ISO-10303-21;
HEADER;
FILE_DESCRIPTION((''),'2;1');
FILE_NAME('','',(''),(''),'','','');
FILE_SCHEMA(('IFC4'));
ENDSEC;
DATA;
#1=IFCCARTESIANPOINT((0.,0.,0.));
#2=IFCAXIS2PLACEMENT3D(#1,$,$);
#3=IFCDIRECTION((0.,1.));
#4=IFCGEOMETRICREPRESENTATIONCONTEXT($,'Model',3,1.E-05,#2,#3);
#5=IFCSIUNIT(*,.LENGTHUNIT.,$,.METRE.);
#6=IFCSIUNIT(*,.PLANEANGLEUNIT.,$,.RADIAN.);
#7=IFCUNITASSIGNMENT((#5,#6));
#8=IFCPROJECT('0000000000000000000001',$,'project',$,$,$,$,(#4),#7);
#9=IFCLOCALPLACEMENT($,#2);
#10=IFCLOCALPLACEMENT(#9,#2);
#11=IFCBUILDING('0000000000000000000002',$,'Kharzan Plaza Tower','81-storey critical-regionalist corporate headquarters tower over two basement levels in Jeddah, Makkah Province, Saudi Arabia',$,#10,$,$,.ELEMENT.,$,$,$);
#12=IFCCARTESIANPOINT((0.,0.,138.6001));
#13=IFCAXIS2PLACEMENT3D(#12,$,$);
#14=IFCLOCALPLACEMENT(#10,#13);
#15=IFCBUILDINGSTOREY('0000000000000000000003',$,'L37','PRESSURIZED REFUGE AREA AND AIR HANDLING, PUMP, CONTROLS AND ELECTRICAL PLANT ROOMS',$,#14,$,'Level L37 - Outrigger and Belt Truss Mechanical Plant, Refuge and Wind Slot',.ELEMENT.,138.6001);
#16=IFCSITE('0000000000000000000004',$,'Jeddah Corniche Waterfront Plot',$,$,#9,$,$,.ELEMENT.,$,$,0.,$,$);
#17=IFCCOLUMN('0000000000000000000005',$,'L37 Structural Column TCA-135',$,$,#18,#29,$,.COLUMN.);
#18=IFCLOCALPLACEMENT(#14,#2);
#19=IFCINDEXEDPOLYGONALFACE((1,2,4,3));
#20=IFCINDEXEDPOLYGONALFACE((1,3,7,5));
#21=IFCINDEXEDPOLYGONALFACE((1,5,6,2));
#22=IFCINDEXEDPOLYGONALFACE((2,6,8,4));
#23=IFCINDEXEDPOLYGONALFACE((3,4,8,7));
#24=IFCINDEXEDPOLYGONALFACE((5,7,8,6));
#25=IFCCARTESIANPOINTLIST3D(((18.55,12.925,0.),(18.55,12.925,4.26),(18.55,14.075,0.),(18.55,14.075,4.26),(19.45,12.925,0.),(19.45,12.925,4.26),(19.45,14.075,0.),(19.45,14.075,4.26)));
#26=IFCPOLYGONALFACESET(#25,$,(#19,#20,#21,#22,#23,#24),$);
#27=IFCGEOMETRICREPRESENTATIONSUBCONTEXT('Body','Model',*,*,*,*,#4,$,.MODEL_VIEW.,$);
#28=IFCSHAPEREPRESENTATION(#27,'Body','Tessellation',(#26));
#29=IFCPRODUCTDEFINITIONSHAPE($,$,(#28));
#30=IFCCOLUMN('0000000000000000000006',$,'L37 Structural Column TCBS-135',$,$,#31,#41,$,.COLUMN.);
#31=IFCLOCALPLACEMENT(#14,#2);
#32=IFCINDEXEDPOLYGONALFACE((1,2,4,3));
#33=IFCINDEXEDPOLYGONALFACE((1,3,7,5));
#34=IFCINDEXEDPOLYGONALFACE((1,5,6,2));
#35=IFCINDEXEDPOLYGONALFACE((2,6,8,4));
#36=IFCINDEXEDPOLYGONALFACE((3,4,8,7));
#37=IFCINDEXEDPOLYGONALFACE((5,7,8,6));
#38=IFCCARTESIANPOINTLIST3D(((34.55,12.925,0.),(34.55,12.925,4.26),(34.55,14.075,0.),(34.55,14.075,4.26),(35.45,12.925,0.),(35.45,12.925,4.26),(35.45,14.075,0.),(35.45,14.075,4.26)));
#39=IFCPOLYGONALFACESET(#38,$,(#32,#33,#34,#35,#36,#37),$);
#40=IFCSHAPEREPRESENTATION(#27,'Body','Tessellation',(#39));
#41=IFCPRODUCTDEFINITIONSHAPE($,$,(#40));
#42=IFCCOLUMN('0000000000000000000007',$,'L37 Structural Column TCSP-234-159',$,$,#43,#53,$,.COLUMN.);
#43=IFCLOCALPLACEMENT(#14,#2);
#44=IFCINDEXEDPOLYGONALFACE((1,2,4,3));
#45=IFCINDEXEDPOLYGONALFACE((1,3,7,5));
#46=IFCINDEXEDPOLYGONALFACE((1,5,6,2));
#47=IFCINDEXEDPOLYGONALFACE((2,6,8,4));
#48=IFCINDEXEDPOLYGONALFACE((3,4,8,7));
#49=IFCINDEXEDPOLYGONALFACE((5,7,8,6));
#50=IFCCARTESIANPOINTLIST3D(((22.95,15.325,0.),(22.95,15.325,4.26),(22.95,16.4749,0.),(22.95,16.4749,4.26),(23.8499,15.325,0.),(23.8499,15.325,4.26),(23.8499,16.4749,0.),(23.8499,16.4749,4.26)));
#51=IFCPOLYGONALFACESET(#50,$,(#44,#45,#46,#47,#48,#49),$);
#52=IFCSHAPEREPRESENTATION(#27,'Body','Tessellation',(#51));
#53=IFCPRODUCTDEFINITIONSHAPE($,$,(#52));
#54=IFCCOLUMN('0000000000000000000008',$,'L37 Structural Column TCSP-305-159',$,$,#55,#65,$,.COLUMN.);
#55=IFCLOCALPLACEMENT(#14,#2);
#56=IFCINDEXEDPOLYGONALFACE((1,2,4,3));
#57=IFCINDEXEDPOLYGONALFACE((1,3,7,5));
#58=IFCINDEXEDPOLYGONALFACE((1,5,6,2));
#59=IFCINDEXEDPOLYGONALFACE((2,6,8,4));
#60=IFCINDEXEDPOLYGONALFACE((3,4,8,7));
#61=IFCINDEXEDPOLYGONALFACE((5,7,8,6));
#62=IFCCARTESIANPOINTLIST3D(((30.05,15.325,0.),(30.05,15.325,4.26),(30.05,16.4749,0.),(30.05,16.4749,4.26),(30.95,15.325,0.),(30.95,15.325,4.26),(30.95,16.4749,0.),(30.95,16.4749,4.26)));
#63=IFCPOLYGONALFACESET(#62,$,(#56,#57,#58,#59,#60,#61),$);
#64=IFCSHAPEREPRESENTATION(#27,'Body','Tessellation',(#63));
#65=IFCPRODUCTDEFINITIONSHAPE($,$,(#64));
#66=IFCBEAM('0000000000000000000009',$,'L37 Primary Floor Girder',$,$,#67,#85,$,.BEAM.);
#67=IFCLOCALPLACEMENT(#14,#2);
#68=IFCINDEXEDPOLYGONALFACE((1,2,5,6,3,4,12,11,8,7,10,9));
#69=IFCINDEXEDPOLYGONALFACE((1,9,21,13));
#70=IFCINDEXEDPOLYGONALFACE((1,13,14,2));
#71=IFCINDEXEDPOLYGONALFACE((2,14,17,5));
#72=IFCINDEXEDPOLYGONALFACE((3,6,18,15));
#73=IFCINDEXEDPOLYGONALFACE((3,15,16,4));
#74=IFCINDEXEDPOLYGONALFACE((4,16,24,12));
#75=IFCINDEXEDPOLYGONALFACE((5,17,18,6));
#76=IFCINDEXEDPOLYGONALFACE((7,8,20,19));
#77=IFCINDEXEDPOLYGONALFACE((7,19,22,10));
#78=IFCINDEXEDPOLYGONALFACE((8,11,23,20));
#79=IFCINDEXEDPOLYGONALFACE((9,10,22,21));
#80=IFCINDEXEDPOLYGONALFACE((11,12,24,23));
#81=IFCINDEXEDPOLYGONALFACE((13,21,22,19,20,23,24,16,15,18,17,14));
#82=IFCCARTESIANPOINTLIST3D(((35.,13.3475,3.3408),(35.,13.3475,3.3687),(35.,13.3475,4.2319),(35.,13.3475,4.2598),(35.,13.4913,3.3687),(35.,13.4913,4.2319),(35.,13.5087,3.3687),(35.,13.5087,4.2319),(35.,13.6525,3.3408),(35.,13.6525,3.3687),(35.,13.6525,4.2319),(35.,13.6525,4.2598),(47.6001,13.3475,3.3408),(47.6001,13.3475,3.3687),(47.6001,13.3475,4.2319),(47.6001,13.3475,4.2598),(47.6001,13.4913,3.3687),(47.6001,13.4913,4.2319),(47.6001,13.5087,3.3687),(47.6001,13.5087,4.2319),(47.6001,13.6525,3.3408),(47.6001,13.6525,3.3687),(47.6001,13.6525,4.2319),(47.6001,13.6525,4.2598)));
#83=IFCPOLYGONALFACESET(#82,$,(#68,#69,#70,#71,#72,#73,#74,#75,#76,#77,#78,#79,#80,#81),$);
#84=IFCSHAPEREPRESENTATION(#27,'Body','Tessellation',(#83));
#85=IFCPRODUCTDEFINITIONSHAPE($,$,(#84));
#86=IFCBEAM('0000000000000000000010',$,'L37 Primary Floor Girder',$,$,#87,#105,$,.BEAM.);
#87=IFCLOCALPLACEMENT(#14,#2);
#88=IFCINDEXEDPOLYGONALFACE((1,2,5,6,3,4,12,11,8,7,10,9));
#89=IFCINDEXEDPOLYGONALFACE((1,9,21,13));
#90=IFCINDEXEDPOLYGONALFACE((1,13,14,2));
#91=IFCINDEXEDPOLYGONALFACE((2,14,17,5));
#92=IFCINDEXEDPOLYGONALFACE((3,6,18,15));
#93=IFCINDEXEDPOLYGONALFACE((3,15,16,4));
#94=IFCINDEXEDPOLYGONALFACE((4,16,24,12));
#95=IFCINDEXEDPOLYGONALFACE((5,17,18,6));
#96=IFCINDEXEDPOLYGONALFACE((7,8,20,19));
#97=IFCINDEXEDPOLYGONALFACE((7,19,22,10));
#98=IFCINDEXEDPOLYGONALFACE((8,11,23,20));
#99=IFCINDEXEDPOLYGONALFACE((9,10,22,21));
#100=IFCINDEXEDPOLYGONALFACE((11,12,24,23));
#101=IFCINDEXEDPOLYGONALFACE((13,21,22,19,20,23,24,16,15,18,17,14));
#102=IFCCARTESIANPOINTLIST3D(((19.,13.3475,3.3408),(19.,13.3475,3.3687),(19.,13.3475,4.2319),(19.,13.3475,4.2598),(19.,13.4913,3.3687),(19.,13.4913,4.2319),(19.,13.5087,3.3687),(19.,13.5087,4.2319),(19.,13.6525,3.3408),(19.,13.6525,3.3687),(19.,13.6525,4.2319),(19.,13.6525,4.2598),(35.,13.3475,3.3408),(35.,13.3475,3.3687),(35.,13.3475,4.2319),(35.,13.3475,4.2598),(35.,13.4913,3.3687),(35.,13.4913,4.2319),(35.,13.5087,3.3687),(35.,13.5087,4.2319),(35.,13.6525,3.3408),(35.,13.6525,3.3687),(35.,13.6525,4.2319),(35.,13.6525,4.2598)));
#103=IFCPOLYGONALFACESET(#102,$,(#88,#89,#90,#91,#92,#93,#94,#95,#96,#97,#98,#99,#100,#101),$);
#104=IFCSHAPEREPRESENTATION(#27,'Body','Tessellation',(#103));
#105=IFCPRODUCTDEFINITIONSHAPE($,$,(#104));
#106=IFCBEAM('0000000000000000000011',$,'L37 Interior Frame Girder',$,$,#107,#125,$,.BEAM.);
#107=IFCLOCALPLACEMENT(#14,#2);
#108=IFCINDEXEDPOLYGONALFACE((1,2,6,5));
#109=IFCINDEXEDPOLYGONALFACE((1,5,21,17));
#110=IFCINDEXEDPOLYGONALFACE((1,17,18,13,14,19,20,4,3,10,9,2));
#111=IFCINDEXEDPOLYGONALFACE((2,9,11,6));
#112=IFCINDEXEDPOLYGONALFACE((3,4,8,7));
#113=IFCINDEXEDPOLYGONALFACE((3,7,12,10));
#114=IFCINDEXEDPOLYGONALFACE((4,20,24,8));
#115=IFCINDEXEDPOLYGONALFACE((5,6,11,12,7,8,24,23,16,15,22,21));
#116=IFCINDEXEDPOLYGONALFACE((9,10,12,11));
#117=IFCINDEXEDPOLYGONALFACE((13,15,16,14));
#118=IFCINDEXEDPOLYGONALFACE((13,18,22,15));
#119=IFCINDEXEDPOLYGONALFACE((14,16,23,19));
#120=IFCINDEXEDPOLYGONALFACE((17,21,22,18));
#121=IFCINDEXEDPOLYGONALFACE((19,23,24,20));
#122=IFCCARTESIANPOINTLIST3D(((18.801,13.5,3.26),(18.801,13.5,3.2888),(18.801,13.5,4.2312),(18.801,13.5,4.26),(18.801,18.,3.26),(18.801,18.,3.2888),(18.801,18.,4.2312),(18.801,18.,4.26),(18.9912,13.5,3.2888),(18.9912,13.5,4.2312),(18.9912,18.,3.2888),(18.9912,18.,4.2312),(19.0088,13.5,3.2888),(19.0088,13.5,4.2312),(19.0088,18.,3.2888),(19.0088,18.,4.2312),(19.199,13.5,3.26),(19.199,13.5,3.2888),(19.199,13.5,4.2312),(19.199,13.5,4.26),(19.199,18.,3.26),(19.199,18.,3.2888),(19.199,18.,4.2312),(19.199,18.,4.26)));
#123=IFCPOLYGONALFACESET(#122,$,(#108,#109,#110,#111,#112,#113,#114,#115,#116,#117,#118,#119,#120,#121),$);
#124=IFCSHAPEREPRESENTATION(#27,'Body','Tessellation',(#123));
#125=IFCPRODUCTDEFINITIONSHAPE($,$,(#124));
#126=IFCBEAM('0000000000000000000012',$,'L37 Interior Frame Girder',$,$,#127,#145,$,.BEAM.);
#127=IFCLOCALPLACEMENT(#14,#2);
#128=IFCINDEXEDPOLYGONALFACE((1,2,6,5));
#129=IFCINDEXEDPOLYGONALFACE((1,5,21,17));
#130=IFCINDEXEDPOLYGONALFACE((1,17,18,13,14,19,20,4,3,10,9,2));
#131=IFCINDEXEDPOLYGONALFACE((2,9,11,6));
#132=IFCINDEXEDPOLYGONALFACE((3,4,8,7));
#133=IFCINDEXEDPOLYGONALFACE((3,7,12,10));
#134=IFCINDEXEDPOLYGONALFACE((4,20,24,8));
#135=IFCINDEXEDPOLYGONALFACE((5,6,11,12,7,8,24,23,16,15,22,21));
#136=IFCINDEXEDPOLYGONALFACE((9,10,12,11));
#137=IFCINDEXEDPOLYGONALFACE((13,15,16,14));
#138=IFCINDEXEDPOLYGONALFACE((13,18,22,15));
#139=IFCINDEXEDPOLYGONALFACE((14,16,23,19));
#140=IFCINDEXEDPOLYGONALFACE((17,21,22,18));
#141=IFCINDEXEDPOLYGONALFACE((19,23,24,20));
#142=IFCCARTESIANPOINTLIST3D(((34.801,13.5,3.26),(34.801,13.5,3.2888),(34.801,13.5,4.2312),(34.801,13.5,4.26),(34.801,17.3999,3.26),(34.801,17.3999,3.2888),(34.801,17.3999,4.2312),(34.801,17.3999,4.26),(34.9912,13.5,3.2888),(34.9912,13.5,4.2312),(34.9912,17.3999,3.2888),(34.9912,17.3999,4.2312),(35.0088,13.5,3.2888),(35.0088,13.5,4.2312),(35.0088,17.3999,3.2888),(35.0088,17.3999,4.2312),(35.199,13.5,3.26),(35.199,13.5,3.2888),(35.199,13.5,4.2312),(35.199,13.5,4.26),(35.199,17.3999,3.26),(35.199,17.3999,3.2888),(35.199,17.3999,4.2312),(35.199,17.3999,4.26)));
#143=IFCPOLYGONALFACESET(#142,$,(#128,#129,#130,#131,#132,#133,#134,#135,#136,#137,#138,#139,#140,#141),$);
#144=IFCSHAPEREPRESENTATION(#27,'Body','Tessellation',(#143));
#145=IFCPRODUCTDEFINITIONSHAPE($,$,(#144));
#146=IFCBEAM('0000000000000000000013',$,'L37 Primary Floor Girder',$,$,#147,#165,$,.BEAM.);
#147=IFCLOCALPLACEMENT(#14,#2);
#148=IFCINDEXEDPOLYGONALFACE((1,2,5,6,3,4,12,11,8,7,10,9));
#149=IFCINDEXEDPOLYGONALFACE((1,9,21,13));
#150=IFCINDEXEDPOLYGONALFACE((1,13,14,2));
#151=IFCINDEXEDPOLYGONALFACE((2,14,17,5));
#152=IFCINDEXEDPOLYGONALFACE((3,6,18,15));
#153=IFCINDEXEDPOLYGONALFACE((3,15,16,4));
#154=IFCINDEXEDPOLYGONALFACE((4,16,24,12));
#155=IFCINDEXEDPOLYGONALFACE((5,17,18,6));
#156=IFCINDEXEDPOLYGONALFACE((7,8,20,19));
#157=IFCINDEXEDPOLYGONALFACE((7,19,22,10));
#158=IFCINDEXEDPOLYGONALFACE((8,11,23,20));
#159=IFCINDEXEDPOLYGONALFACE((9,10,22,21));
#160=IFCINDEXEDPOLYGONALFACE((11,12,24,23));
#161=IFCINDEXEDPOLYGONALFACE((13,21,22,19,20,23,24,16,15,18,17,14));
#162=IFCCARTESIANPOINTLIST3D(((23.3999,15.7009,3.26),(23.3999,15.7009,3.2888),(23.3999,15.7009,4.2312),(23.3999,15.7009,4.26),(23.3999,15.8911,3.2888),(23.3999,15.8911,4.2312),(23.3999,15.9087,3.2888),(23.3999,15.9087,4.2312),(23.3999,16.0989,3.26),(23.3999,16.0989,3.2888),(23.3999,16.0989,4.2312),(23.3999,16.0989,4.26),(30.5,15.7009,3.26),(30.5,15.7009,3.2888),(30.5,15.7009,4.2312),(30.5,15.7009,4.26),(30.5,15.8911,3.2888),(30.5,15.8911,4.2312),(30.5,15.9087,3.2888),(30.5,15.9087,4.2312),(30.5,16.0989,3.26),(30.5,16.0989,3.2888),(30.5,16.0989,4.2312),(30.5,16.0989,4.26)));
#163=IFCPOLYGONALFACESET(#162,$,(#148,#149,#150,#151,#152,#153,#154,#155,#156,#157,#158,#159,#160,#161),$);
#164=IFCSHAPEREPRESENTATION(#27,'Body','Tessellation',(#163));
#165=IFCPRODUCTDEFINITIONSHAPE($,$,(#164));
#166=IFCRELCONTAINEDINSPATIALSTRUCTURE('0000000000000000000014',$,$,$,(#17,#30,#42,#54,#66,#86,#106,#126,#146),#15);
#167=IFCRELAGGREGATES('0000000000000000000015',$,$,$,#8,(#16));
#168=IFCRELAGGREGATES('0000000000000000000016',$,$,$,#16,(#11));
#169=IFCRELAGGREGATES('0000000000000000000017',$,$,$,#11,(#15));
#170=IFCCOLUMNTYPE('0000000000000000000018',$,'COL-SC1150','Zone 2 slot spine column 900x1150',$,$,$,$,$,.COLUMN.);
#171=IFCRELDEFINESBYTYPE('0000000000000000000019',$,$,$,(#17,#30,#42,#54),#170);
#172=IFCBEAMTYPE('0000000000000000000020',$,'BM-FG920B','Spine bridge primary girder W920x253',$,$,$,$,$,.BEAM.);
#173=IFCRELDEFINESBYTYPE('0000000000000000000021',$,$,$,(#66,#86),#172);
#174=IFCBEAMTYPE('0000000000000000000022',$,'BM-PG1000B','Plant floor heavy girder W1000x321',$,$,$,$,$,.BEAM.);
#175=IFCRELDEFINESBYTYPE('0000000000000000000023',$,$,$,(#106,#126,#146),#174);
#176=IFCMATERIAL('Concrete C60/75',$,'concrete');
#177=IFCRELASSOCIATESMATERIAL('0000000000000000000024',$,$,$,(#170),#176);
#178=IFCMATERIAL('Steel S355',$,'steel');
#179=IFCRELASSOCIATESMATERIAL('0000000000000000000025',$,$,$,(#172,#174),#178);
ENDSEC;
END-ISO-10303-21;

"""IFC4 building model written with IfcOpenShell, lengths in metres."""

from ifc_helpers import new_model, si_unit, direction, frame, origin, origin_2d, place, context, subcontext, project, spatial, rectangle, i_section, extrude, source, transform, mapped, material, material_profile, profile_set, type_object, element, save


model = new_model("IFC4")

# Units and contexts
model_context = context("Model", 3, precision=1e-05, world=origin(), true_north=direction((0.0, 1.0)))
body_context = subcontext(model_context, "Body", "Model", "MODEL_VIEW")
ifc_project = project(units=[si_unit("LENGTHUNIT", "METRE"), si_unit("PLANEANGLEUNIT", "RADIAN")], contexts=[model_context])

# Site, building, storey
site_placement = place(None, origin())
site = spatial("IfcSite", under=ifc_project, at=site_placement, Name="Jeddah Corniche Waterfront Plot", CompositionType="ELEMENT", RefElevation=0.0)
building_placement = place(site_placement, origin())
building = spatial("IfcBuilding", under=site, at=building_placement, Name="Kharzan Plaza Tower", Description="81-storey critical-regionalist corporate headquarters tower over two basement levels in Jeddah, Makkah Province, Saudi Arabia", CompositionType="ELEMENT")
storey_placement = place(building_placement, frame((0.0, 0.0, 138.6001)))
storey = spatial("IfcBuildingStorey", under=building, at=storey_placement, Name="L37", Description="PRESSURIZED REFUGE AREA AND AIR HANDLING, PUMP, CONTROLS AND ELECTRICAL PLANT ROOMS", LongName="Level L37 - Outrigger and Belt Truss Mechanical Plant, Refuge and Wind Slot", CompositionType="ELEMENT", Elevation=138.6001)

# Columns
ifc_material_1 = material(Name="Concrete C60/75", Category="concrete")
ifc_material_profile_1 = material_profile(ifc_material_1, rectangle(XDim=0.8999, YDim=1.1499, at=origin_2d()), Name="RC-SC1150x900")
ifc_profile_set_1 = profile_set([ifc_material_profile_1], Name="Concrete C60/75")
column_type = type_object("IfcColumnType", Name="COL-SC1150", Description="Zone 2 slot spine column 900x1150", PredefinedType="COLUMN", material=ifc_profile_set_1)
shared_shape_1 = source(origin(), body_context, "Body", "SweptSolid", [
    extrude(rectangle(XDim=0.8999, YDim=1.1499, at=origin_2d()), origin(), (0.0, 0.0, 1.0), 4.26),
])
for number, where, z_axis, x_axis, name in (
    (1, (19.0, 13.5, 0.0), (0.0, 0.0, 1.0), (1.0, 0.0, 0.0), "L37 Structural Column TCA-135"),
    (2, (35.0, 13.5, 0.0), (0.0, 0.0, 1.0), (1.0, 0.0, 0.0), "L37 Structural Column TCBS-135"),
    (3, (23.3999, 15.8999, 0.0), (0.0, 0.0, 1.0), (1.0, 0.0, 0.0), "L37 Structural Column TCSP-234-159"),
    (4, (30.5, 15.8999, 0.0), (0.0, 0.0, 1.0), (1.0, 0.0, 0.0), "L37 Structural Column TCSP-305-159"),
):
    element("IfcColumn", number, at=place(storey_placement, frame(where, z_axis=z_axis, x_axis=x_axis)), inside=storey, type_object=column_type, Name=name, PredefinedType="COLUMN", context=body_context, shape_type="MappedRepresentation", body=[
        mapped(shared_shape_1, transform((0.0, 0.0, 0.0), x_axis=(1.0, 0.0, 0.0), y_axis=(0.0, 1.0, 0.0), z_axis=(0.0, 0.0, 1.0))),
    ])

# Beams
ifc_material_2 = material(Name="Steel S355", Category="steel")
ifc_material_profile_2 = material_profile(ifc_material_2, i_section(OverallWidth=0.3049, OverallDepth=0.9189, WebThickness=0.0173, FlangeThickness=0.0278, at=origin_2d()), Name="W920x253")
ifc_profile_set_2 = profile_set([ifc_material_profile_2], Name="Steel S355")
beam_type_1 = type_object("IfcBeamType", Name="BM-FG920B", Description="Spine bridge primary girder W920x253", PredefinedType="BEAM", material=ifc_profile_set_2)
shared_shape_2 = source(origin(), body_context, "Body", "SweptSolid", [
    extrude(i_section(OverallWidth=0.3049, OverallDepth=0.9189, WebThickness=0.0173, FlangeThickness=0.0278, at=origin_2d()), origin(), (0.0, 0.0, 1.0), 12.6001),
])
beam_1_placement = place(storey_placement, frame((35.0, 13.5, 3.8003), z_axis=(1.0, 0.0, 0.0), x_axis=(0.0, 1.0, 0.0)))
element("IfcBeam", 5, at=beam_1_placement, inside=storey, type_object=beam_type_1, Name="L37 Primary Floor Girder", PredefinedType="BEAM", context=body_context, shape_type="MappedRepresentation", body=[
    mapped(shared_shape_2, transform((0.0, 0.0, 0.0), x_axis=(1.0, 0.0, 0.0), y_axis=(0.0, 1.0, 0.0), z_axis=(0.0, 0.0, 1.0))),
])
shared_shape_3 = source(origin(), body_context, "Body", "SweptSolid", [
    extrude(i_section(OverallWidth=0.3049, OverallDepth=0.9189, WebThickness=0.0173, FlangeThickness=0.0278, at=origin_2d()), origin(), (0.0, 0.0, 1.0), 16.0),
])
beam_2_placement = place(storey_placement, frame((19.0, 13.5, 3.8003), z_axis=(1.0, 0.0, 0.0), x_axis=(0.0, 1.0, 0.0)))
element("IfcBeam", 6, at=beam_2_placement, inside=storey, type_object=beam_type_1, Name="L37 Primary Floor Girder", PredefinedType="BEAM", context=body_context, shape_type="MappedRepresentation", body=[
    mapped(shared_shape_3, transform((0.0, 0.0, 0.0), x_axis=(1.0, 0.0, 0.0), y_axis=(0.0, 1.0, 0.0), z_axis=(0.0, 0.0, 1.0))),
])
ifc_material_profile_3 = material_profile(ifc_material_2, i_section(OverallWidth=0.3979, OverallDepth=1.0, WebThickness=0.0176, FlangeThickness=0.0288, at=origin_2d()), Name="W1000x321")
ifc_profile_set_3 = profile_set([ifc_material_profile_3], Name="Steel S355")
beam_type_2 = type_object("IfcBeamType", Name="BM-PG1000B", Description="Plant floor heavy girder W1000x321", PredefinedType="BEAM", material=ifc_profile_set_3)
shared_shape_4 = source(origin(), body_context, "Body", "SweptSolid", [
    extrude(i_section(OverallWidth=0.3979, OverallDepth=1.0, WebThickness=0.0176, FlangeThickness=0.0288, at=origin_2d()), origin(), (0.0, 0.0, 1.0), 4.5),
])
beam_3_placement = place(storey_placement, frame((19.0, 13.5, 3.76), z_axis=(0.0, 1.0, 0.0), x_axis=(-1.0, 0.0, 0.0)))
element("IfcBeam", 7, at=beam_3_placement, inside=storey, type_object=beam_type_2, Name="L37 Interior Frame Girder", PredefinedType="BEAM", context=body_context, shape_type="MappedRepresentation", body=[
    mapped(shared_shape_4, transform((0.0, 0.0, 0.0), x_axis=(1.0, 0.0, 0.0), y_axis=(0.0, 1.0, 0.0), z_axis=(0.0, 0.0, 1.0))),
])
shared_shape_5 = source(origin(), body_context, "Body", "SweptSolid", [
    extrude(i_section(OverallWidth=0.3979, OverallDepth=1.0, WebThickness=0.0176, FlangeThickness=0.0288, at=origin_2d()), origin(), (0.0, 0.0, 1.0), 3.8999),
])
beam_4_placement = place(storey_placement, frame((35.0, 13.5, 3.76), z_axis=(0.0, 1.0, 0.0), x_axis=(-1.0, 0.0, 0.0)))
element("IfcBeam", 8, at=beam_4_placement, inside=storey, type_object=beam_type_2, Name="L37 Interior Frame Girder", PredefinedType="BEAM", context=body_context, shape_type="MappedRepresentation", body=[
    mapped(shared_shape_5, transform((0.0, 0.0, 0.0), x_axis=(1.0, 0.0, 0.0), y_axis=(0.0, 1.0, 0.0), z_axis=(0.0, 0.0, 1.0))),
])
shared_shape_6 = source(origin(), body_context, "Body", "SweptSolid", [
    extrude(i_section(OverallWidth=0.3979, OverallDepth=1.0, WebThickness=0.0176, FlangeThickness=0.0288, at=origin_2d()), origin(), (0.0, 0.0, 1.0), 7.1001),
])
beam_5_placement = place(storey_placement, frame((23.3999, 15.8999, 3.76), z_axis=(1.0, 0.0, 0.0), x_axis=(0.0, 1.0, 0.0)))
element("IfcBeam", 9, at=beam_5_placement, inside=storey, type_object=beam_type_2, Name="L37 Primary Floor Girder", PredefinedType="BEAM", context=body_context, shape_type="MappedRepresentation", body=[
    mapped(shared_shape_6, transform((0.0, 0.0, 0.0), x_axis=(1.0, 0.0, 0.0), y_axis=(0.0, 1.0, 0.0), z_axis=(0.0, 0.0, 1.0))),
])

save(model, "model.ifc")
